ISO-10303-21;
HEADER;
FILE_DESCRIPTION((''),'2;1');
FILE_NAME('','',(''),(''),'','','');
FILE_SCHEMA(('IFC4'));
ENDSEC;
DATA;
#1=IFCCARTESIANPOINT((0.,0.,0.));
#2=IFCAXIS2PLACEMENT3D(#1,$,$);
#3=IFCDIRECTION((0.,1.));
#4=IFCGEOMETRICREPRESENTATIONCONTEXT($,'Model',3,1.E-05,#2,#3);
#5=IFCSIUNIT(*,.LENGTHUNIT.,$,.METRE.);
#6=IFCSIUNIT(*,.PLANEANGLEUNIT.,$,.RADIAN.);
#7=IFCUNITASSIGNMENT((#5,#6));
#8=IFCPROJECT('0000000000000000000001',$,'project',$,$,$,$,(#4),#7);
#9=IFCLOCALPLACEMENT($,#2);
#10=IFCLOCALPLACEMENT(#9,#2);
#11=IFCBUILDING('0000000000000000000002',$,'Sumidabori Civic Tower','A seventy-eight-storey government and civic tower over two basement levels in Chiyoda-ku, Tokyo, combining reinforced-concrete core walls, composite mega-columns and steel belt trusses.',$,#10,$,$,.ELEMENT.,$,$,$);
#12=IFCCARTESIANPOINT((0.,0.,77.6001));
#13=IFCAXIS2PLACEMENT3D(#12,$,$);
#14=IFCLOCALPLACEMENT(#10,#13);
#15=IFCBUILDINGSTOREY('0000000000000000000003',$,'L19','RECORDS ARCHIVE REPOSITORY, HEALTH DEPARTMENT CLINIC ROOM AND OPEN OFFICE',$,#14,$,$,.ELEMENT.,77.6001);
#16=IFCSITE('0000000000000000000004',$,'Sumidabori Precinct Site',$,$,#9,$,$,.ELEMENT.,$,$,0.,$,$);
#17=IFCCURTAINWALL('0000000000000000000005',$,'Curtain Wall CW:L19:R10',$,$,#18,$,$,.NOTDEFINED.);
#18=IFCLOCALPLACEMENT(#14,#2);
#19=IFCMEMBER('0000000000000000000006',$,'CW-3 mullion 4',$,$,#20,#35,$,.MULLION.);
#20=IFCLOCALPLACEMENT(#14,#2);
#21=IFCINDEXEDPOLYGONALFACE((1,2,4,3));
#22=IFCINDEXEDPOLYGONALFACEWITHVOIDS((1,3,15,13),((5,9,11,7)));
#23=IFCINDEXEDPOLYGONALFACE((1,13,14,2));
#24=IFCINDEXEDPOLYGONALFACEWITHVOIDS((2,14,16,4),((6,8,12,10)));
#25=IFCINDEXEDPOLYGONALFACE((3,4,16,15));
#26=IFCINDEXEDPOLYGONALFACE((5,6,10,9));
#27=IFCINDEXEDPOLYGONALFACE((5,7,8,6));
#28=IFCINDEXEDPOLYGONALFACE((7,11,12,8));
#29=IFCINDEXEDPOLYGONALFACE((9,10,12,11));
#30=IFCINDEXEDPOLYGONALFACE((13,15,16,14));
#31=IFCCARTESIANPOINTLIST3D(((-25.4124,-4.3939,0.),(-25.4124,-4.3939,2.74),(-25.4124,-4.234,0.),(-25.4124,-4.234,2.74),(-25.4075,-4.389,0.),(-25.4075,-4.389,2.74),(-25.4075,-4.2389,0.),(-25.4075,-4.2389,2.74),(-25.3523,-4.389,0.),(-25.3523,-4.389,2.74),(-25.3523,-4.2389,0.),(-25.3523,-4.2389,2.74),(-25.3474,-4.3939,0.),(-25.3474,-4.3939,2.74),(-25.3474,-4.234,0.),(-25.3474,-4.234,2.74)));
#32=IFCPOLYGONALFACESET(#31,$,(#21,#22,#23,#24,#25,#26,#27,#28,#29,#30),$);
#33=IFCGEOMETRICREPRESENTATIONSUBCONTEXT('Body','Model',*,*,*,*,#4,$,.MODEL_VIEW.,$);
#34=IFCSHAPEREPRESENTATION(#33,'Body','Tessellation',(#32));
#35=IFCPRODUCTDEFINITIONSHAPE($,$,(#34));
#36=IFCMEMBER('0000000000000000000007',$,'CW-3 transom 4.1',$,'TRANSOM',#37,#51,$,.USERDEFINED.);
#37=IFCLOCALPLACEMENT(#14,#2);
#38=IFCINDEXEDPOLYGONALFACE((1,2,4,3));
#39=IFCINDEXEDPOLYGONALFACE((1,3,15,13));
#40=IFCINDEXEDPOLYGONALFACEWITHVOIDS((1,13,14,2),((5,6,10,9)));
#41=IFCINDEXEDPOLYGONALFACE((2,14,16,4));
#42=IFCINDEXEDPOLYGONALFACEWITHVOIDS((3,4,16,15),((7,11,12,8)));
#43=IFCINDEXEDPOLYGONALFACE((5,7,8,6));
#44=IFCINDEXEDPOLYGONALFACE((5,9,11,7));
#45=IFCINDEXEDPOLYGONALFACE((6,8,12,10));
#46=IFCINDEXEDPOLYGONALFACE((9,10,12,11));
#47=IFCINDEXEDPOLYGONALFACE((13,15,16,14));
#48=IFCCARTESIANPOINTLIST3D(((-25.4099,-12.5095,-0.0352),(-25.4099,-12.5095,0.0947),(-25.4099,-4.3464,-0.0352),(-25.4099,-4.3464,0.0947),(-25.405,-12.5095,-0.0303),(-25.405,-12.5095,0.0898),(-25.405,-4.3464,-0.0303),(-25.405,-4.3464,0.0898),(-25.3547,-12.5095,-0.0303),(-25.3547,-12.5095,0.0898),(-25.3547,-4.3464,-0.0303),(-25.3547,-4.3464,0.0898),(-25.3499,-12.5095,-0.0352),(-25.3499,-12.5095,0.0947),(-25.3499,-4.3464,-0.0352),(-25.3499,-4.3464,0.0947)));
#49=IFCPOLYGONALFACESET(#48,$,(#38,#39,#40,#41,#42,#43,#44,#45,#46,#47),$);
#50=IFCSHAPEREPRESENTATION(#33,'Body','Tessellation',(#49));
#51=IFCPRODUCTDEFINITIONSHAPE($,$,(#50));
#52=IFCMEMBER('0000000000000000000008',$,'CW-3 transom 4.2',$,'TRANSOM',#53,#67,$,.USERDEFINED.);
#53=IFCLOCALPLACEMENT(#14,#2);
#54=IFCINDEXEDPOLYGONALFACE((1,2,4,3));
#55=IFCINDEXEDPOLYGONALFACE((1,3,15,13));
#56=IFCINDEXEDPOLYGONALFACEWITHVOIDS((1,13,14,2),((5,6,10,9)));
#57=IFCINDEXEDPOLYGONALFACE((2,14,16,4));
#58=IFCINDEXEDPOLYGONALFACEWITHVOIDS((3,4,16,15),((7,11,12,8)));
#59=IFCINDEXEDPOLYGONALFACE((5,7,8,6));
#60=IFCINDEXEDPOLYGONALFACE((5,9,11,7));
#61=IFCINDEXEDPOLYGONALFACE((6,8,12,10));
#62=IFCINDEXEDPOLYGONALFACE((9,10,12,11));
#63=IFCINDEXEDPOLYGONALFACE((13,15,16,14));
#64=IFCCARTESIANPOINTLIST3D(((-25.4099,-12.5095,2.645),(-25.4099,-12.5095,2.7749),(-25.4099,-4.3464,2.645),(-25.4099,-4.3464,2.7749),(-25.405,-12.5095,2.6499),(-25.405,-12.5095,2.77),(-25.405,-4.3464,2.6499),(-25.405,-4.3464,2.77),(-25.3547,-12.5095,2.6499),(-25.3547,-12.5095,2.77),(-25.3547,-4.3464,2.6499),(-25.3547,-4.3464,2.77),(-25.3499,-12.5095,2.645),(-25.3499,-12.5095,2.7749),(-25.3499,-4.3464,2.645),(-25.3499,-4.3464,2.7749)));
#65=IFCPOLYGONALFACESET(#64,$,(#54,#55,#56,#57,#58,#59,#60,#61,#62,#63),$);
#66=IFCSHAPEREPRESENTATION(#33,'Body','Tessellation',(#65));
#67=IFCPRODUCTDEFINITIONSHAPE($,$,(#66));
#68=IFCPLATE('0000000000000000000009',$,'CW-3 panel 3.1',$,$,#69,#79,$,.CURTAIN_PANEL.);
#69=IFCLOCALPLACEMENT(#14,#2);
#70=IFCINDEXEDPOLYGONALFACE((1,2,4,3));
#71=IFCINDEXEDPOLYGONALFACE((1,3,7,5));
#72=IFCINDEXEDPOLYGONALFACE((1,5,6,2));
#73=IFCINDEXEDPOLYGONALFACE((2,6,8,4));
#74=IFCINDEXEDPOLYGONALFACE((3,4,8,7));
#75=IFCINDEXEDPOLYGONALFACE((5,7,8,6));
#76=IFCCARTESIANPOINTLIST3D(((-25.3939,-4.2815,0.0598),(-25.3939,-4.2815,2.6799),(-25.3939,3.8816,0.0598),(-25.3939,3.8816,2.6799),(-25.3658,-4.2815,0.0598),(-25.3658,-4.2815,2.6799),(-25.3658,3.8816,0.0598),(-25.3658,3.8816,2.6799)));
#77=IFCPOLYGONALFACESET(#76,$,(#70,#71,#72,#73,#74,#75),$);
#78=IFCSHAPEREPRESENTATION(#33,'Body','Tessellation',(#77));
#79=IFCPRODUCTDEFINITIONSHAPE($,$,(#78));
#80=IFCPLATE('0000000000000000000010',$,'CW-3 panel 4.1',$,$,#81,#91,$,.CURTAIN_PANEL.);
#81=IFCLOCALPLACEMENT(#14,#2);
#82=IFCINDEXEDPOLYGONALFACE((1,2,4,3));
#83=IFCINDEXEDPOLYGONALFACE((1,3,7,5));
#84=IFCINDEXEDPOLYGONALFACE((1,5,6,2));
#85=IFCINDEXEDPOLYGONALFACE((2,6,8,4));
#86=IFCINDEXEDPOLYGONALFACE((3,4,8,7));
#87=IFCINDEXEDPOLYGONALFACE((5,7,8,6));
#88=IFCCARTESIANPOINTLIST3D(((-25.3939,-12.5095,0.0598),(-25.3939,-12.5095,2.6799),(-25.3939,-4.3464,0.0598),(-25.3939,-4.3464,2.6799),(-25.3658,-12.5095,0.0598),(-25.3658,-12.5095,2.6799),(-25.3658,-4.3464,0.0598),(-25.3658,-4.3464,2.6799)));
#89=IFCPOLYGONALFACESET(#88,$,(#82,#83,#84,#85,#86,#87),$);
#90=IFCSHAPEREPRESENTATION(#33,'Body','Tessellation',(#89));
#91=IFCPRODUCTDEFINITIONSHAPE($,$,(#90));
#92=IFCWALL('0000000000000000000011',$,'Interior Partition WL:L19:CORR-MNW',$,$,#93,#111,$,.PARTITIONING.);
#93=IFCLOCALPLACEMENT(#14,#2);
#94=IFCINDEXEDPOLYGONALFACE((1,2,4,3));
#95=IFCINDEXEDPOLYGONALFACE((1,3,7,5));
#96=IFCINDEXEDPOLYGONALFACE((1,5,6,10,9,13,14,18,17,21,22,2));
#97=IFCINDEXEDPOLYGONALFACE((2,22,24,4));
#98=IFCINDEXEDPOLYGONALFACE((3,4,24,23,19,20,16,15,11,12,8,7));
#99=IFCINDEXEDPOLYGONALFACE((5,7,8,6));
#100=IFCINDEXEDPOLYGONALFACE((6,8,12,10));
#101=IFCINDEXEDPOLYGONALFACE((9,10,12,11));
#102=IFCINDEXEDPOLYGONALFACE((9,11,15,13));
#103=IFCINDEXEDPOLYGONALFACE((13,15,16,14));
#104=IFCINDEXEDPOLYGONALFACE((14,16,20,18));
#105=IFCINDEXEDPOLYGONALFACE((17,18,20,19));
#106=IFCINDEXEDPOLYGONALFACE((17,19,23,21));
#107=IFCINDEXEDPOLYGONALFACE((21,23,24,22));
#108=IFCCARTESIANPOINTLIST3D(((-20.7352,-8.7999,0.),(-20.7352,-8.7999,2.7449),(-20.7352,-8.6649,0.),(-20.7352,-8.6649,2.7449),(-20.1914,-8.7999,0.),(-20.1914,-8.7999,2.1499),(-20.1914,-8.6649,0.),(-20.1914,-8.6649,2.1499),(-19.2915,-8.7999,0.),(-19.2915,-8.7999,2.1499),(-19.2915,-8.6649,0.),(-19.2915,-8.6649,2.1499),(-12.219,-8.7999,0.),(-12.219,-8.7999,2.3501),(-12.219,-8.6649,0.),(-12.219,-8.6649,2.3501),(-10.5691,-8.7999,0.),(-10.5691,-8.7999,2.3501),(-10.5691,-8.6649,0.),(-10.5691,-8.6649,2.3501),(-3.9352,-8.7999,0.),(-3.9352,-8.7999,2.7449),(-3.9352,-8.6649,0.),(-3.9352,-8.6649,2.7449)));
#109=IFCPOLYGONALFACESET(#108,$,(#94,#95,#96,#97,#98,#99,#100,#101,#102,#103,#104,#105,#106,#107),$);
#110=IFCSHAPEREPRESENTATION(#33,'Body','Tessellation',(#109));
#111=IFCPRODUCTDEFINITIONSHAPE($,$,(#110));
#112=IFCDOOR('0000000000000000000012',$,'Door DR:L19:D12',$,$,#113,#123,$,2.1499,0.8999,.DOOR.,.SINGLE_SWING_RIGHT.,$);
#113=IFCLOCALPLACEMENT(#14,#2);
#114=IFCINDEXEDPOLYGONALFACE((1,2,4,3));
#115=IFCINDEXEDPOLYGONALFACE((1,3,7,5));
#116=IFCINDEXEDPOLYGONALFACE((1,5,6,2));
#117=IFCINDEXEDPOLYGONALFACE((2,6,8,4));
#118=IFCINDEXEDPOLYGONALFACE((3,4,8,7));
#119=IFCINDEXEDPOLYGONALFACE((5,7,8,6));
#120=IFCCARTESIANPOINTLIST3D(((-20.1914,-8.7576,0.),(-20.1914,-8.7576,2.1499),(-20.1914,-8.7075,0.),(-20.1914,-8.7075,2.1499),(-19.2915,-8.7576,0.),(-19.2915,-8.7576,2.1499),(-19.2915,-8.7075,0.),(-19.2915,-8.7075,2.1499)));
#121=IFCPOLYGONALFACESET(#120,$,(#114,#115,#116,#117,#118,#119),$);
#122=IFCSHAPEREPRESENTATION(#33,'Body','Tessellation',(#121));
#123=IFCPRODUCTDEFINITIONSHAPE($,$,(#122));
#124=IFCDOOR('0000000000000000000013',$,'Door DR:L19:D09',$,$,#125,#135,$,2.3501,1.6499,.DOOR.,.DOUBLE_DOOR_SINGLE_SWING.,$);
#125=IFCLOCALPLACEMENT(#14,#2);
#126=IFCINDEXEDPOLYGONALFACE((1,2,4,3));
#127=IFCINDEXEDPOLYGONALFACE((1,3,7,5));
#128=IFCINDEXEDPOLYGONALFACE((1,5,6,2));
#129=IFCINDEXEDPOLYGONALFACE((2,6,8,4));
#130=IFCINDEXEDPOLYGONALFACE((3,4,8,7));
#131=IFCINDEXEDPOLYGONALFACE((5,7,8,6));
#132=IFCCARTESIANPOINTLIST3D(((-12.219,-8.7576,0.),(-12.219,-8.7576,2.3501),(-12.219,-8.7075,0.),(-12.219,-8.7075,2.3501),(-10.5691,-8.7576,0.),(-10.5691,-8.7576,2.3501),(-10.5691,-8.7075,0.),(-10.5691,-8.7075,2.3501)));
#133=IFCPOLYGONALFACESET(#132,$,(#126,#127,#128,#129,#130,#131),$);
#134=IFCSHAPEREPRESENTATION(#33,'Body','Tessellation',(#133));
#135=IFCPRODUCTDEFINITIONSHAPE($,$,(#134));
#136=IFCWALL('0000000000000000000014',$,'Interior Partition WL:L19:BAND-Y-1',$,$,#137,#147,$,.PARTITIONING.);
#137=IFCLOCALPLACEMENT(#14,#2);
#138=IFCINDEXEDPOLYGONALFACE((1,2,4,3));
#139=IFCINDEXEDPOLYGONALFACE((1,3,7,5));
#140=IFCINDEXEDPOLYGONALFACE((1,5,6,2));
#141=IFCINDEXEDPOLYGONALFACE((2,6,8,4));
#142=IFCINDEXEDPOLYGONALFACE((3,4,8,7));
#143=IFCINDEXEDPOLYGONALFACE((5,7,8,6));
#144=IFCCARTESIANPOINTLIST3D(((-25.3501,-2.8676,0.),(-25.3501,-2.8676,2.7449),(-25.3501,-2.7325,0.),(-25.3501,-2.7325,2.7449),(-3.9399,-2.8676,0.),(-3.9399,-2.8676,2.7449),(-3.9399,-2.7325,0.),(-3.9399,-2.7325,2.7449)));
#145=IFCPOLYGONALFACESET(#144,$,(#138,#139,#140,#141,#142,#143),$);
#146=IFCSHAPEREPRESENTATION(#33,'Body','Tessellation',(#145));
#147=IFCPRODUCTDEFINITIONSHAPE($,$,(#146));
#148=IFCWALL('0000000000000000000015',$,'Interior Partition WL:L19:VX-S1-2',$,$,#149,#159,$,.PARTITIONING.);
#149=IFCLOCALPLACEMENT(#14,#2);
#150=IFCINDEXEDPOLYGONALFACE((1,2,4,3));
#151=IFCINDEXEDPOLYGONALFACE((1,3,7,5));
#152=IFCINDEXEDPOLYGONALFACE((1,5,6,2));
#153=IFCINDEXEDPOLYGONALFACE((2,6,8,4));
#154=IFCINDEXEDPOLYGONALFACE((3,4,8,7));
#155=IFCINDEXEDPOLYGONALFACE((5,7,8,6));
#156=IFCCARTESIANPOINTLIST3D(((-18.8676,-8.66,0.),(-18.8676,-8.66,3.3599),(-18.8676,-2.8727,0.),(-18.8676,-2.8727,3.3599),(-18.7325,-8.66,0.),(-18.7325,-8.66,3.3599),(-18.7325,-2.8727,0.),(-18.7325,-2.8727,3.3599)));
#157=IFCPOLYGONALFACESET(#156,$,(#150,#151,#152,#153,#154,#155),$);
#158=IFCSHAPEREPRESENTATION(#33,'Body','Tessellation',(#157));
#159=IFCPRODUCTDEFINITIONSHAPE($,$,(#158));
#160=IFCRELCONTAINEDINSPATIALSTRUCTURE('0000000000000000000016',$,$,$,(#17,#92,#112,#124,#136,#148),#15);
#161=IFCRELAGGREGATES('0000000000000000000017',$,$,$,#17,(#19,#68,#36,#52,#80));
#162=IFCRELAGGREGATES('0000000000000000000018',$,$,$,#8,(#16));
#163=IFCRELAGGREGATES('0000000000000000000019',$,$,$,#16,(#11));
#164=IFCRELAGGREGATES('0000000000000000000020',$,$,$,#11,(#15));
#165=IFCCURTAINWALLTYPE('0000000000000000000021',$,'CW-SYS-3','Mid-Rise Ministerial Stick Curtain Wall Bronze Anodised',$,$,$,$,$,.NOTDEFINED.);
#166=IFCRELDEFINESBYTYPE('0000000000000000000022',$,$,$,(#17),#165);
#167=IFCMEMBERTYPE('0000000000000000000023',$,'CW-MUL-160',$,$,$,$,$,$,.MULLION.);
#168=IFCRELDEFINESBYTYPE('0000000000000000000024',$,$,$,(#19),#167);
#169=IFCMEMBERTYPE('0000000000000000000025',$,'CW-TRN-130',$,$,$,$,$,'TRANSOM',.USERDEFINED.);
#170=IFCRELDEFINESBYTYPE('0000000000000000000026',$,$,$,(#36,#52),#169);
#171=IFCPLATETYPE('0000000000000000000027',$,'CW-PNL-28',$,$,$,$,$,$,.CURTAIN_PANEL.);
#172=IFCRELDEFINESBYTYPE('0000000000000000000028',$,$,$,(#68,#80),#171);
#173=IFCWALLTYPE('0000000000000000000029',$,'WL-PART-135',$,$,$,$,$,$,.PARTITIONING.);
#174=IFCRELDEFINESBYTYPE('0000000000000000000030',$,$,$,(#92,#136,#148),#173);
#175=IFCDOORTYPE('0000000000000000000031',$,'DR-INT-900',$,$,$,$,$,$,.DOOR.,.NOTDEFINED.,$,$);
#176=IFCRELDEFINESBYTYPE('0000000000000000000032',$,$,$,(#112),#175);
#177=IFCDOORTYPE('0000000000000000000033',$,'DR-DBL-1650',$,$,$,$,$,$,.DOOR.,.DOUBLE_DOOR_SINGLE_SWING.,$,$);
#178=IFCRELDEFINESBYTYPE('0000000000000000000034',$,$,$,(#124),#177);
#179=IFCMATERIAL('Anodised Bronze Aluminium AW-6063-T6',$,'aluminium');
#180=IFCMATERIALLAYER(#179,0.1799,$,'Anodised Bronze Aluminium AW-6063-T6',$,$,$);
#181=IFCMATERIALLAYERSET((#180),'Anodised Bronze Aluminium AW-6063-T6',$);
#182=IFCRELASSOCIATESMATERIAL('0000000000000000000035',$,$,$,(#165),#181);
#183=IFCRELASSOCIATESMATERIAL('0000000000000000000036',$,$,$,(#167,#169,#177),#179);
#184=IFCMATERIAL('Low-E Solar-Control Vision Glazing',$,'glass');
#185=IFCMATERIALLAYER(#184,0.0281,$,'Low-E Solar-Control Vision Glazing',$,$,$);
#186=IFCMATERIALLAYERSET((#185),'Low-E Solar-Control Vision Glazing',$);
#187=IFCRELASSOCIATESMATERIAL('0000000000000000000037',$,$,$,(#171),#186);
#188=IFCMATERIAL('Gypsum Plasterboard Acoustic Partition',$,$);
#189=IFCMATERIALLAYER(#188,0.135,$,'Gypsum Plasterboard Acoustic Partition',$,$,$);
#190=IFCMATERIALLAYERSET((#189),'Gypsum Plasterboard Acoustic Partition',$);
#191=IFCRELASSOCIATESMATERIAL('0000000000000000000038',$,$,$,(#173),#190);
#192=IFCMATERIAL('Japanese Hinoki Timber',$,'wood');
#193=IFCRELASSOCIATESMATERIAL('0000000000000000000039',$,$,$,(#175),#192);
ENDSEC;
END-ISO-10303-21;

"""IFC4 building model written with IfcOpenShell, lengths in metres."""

from ifc_helpers import new_model, si_unit, direction, frame, frame_2d, origin, origin_2d, place, context, subcontext, project, spatial, rectangle, hollow_rectangle, extrude, source, transform, mapped, material, layer, layer_set, material_profile, profile_set, type_object, element, fill, aggregate, save


model = new_model("IFC4")

# Units and contexts
model_context = context("Model", 3, precision=1e-05, world=origin(), true_north=direction((0.0, 1.0)))
body_context = subcontext(model_context, "Body", "Model", "MODEL_VIEW")
ifc_project = project(units=[si_unit("LENGTHUNIT", "METRE"), si_unit("PLANEANGLEUNIT", "RADIAN")], contexts=[model_context])

# Site, building, storey
site_placement = place(None, origin())
site = spatial("IfcSite", under=ifc_project, at=site_placement, Name="Sumidabori Precinct Site", CompositionType="ELEMENT", RefElevation=0.0)
building_placement = place(site_placement, origin())
building = spatial("IfcBuilding", under=site, at=building_placement, Name="Sumidabori Civic Tower", Description="A seventy-eight-storey government and civic tower over two basement levels in Chiyoda-ku, Tokyo, combining reinforced-concrete core walls, composite mega-columns and steel belt trusses.", CompositionType="ELEMENT")
storey_placement = place(building_placement, frame((0.0, 0.0, 77.6001)))
storey = spatial("IfcBuildingStorey", under=building, at=storey_placement, Name="L19", Description="RECORDS ARCHIVE REPOSITORY, HEALTH DEPARTMENT CLINIC ROOM AND OPEN OFFICE", CompositionType="ELEMENT", Elevation=77.6001)

# Curtain wall, members, plates
ifc_material_1 = material(Name="Anodised Bronze Aluminium AW-6063-T6", Category="aluminium")
ifc_layer_1 = layer(ifc_material_1, 0.1799, Name="Anodised Bronze Aluminium AW-6063-T6")
ifc_layer_set_1 = layer_set([ifc_layer_1], Name="Anodised Bronze Aluminium AW-6063-T6")
curtain_wall_type = type_object("IfcCurtainWallType", Name="CW-SYS-3", Description="Mid-Rise Ministerial Stick Curtain Wall Bronze Anodised", PredefinedType="NOTDEFINED", material=ifc_layer_set_1)
curtain_wall_placement = place(storey_placement, origin())
curtain_wall = element("IfcCurtainWall", 1, at=curtain_wall_placement, inside=storey, type_object=curtain_wall_type, Name="Curtain Wall CW:L19:R10", PredefinedType="NOTDEFINED")
ifc_material_profile_1 = material_profile(ifc_material_1, hollow_rectangle(XDim=0.0649, YDim=0.1599, WallThickness=0.0049, at=origin_2d()), Name="ALU MULLION 160x65")
ifc_profile_set_1 = profile_set([ifc_material_profile_1], Name="Anodised Bronze Aluminium AW-6063-T6")
member_type_1 = type_object("IfcMemberType", Name="CW-MUL-160", PredefinedType="MULLION", material=ifc_profile_set_1)
shared_shape_1 = source(origin(), body_context, "Body", "SweptSolid", [
    extrude(hollow_rectangle(XDim=0.0649, YDim=0.1599, WallThickness=0.0049, at=origin_2d()), origin(), (0.0, 0.0, 1.0), 2.74),
])
member_1_placement = place(storey_placement, frame((-25.3799, -4.314, 0.0), z_axis=(0.0, 0.0, 1.0), x_axis=(1.0, 0.0, 0.0)))
member_1 = element("IfcMember", 2, at=member_1_placement, type_object=member_type_1, Name="CW-3 mullion 4", PredefinedType="MULLION", context=body_context, shape_type="MappedRepresentation", body=[
    mapped(shared_shape_1, transform((0.0, 0.0, 0.0), x_axis=(1.0, 0.0, 0.0), y_axis=(0.0, 1.0, 0.0), z_axis=(0.0, 0.0, 1.0), scale=1.0)),
])
ifc_material_profile_2 = material_profile(ifc_material_1, hollow_rectangle(XDim=0.0601, YDim=0.1299, WallThickness=0.0049, at=origin_2d()), Name="ALU TRANSOM 130x60")
ifc_profile_set_2 = profile_set([ifc_material_profile_2], Name="Anodised Bronze Aluminium AW-6063-T6")
member_type_2 = type_object("IfcMemberType", Name="CW-TRN-130", ElementType="TRANSOM", PredefinedType="USERDEFINED", material=ifc_profile_set_2)
shared_shape_2 = source(origin(), body_context, "Body", "SweptSolid", [
    extrude(hollow_rectangle(XDim=0.0601, YDim=0.1299, WallThickness=0.0049, at=origin_2d()), origin(), (0.0, 0.0, 1.0), 8.1631),
])
member_2_placement = place(storey_placement, frame((-25.3799, -4.3464, 0.0298), z_axis=(0.0, -1.0, 0.0), x_axis=(1.0, 0.0, 0.0)))
member_2 = element("IfcMember", 3, at=member_2_placement, type_object=member_type_2, Name="CW-3 transom 4.1", ObjectType="TRANSOM", PredefinedType="USERDEFINED", context=body_context, shape_type="MappedRepresentation", body=[
    mapped(shared_shape_2, transform((0.0, 0.0, 0.0), x_axis=(1.0, 0.0, 0.0), y_axis=(0.0, 1.0, 0.0), z_axis=(0.0, 0.0, 1.0), scale=1.0)),
])
member_3_placement = place(storey_placement, frame((-25.3799, -4.3464, 2.71), z_axis=(0.0, -1.0, 0.0), x_axis=(1.0, 0.0, 0.0)))
member_3 = element("IfcMember", 4, at=member_3_placement, type_object=member_type_2, Name="CW-3 transom 4.2", ObjectType="TRANSOM", PredefinedType="USERDEFINED", context=body_context, shape_type="MappedRepresentation", body=[
    mapped(shared_shape_2, transform((0.0, 0.0, 0.0), x_axis=(1.0, 0.0, 0.0), y_axis=(0.0, 1.0, 0.0), z_axis=(0.0, 0.0, 1.0), scale=1.0)),
])
ifc_material_2 = material(Name="Low-E Solar-Control Vision Glazing", Category="glass")
ifc_layer_2 = layer(ifc_material_2, 0.0281, Name="Low-E Solar-Control Vision Glazing")
ifc_layer_set_2 = layer_set([ifc_layer_2], Name="Low-E Solar-Control Vision Glazing")
plate_type = type_object("IfcPlateType", Name="CW-PNL-28", PredefinedType="CURTAIN_PANEL", material=ifc_layer_set_2)
shared_shape_3 = source(origin(), body_context, "Body", "SweptSolid", [
    extrude(rectangle(XDim=8.1631, YDim=0.0281, at=origin_2d()), origin(), (0.0, 0.0, 1.0), 2.6201),
])
plate_1_placement = place(storey_placement, frame((-25.3799, -0.2, 0.0598), z_axis=(0.0, 0.0, 1.0), x_axis=(0.0, -1.0, 0.0)))
plate_1 = element("IfcPlate", 5, at=plate_1_placement, type_object=plate_type, Name="CW-3 panel 3.1", PredefinedType="CURTAIN_PANEL", context=body_context, shape_type="MappedRepresentation", body=[
    mapped(shared_shape_3, transform((0.0, 0.0, 0.0), x_axis=(1.0, 0.0, 0.0), y_axis=(0.0, 1.0, 0.0), z_axis=(0.0, 0.0, 1.0), scale=1.0)),
])
plate_2_placement = place(storey_placement, frame((-25.3799, -8.428, 0.0598), z_axis=(0.0, 0.0, 1.0), x_axis=(0.0, -1.0, 0.0)))
plate_2 = element("IfcPlate", 6, at=plate_2_placement, type_object=plate_type, Name="CW-3 panel 4.1", PredefinedType="CURTAIN_PANEL", context=body_context, shape_type="MappedRepresentation", body=[
    mapped(shared_shape_3, transform((0.0, 0.0, 0.0), x_axis=(1.0, 0.0, 0.0), y_axis=(0.0, 1.0, 0.0), z_axis=(0.0, 0.0, 1.0), scale=1.0)),
])
aggregate(curtain_wall, [member_1, plate_1, member_2, member_3, plate_2])

# Wall, openings, doors
ifc_material_3 = material(Name="Gypsum Plasterboard Acoustic Partition")
ifc_layer_3 = layer(ifc_material_3, 0.135, Name="Gypsum Plasterboard Acoustic Partition")
ifc_layer_set_3 = layer_set([ifc_layer_3], Name="Gypsum Plasterboard Acoustic Partition")
wall_type = type_object("IfcWallType", Name="WL-PART-135", PredefinedType="PARTITIONING", material=ifc_layer_set_3)
shared_shape_4 = source(origin(), body_context, "Body", "SweptSolid", [
    extrude(rectangle(XDim=16.8, YDim=0.135, at=frame_2d((8.3999, 0.0))), origin(), (0.0, 0.0, 1.0), 2.7449),
])
wall_1_placement = place(storey_placement, frame((-20.7351, -8.7324, 0.0), z_axis=(0.0, 0.0, 1.0), x_axis=(1.0, 0.0, 0.0)))
wall_1 = element("IfcWall", 7, at=wall_1_placement, inside=storey, type_object=wall_type, Name="Interior Partition WL:L19:CORR-MNW", PredefinedType="PARTITIONING", context=body_context, shape_type="MappedRepresentation", body=[
    mapped(shared_shape_4, transform((0.0, 0.0, 0.0), x_axis=(1.0, 0.0, 0.0), y_axis=(0.0, 1.0, 0.0), z_axis=(0.0, 0.0, 1.0), scale=1.0)),
])
opening_1_placement = place(wall_1_placement, frame((8.5161, 0.0, 0.0)))
opening_1 = element("IfcOpeningElement", 8, at=opening_1_placement, cuts=wall_1, PredefinedType="OPENING", context=body_context, shape_type="SweptSolid", body=[
    extrude(rectangle(XDim=1.6499, YDim=2.3501, at=frame_2d((0.825, 1.175))), frame((0.0, 0.0796, 0.0), z_axis=(0.0, -1.0, 0.0), x_axis=(1.0, 0.0, 0.0)), (0.0, 0.0, 1.0), 0.1589),
])
opening_2_placement = place(wall_1_placement, frame((0.5437, 0.0, 0.0)))
opening_2 = element("IfcOpeningElement", 9, at=opening_2_placement, cuts=wall_1, PredefinedType="OPENING", context=body_context, shape_type="SweptSolid", body=[
    extrude(rectangle(XDim=0.8999, YDim=2.1499, at=frame_2d((0.45, 1.075))), frame((0.0, 0.0796, 0.0), z_axis=(0.0, -1.0, 0.0), x_axis=(1.0, 0.0, 0.0)), (0.0, 0.0, 1.0), 0.1589),
])
ifc_material_4 = material(Name="Japanese Hinoki Timber", Category="wood")
door_type_1 = type_object("IfcDoorType", Name="DR-INT-900", OperationType="NOTDEFINED", PredefinedType="DOOR", material=ifc_material_4)
shared_shape_5 = source(origin(), body_context, "Body", "SweptSolid", [
    extrude(rectangle(XDim=0.8999, YDim=2.1499, at=frame_2d((0.45, 1.075))), frame((0.0, 0.0249, 0.0), z_axis=(0.0, -1.0, 0.0), x_axis=(1.0, 0.0, 0.0)), (0.0, 0.0, 1.0), 0.05),
])
door_1_placement = place(opening_2_placement, origin())
door_1 = element("IfcDoor", 10, at=door_1_placement, inside=storey, type_object=door_type_1, Name="Door DR:L19:D12", OperationType="SINGLE_SWING_RIGHT", OverallHeight=2.1499, OverallWidth=0.8999, PredefinedType="DOOR", context=body_context, shape_type="MappedRepresentation", body=[
    mapped(shared_shape_5, transform((0.0, 0.0, 0.0), x_axis=(1.0, 0.0, 0.0), y_axis=(0.0, 1.0, 0.0), z_axis=(0.0, 0.0, 1.0), scale=1.0)),
])
fill(opening_2, door_1)
door_type_2 = type_object("IfcDoorType", Name="DR-DBL-1650", OperationType="DOUBLE_DOOR_SINGLE_SWING", PredefinedType="DOOR", material=ifc_material_1)
shared_shape_6 = source(origin(), body_context, "Body", "SweptSolid", [
    extrude(rectangle(XDim=1.6499, YDim=2.3501, at=frame_2d((0.825, 1.175))), frame((0.0, 0.0249, 0.0), z_axis=(0.0, -1.0, 0.0), x_axis=(1.0, 0.0, 0.0)), (0.0, 0.0, 1.0), 0.05),
])
door_2_placement = place(opening_1_placement, origin())
door_2 = element("IfcDoor", 11, at=door_2_placement, inside=storey, type_object=door_type_2, Name="Door DR:L19:D09", OperationType="DOUBLE_DOOR_SINGLE_SWING", OverallHeight=2.3501, OverallWidth=1.6499, PredefinedType="DOOR", context=body_context, shape_type="MappedRepresentation", body=[
    mapped(shared_shape_6, transform((0.0, 0.0, 0.0), x_axis=(1.0, 0.0, 0.0), y_axis=(0.0, 1.0, 0.0), z_axis=(0.0, 0.0, 1.0), scale=1.0)),
])
fill(opening_1, door_2)

# Walls
shared_shape_7 = source(origin(), body_context, "Body", "SweptSolid", [
    extrude(rectangle(XDim=21.4102, YDim=0.135, at=frame_2d((10.7051, 0.0))), origin(), (0.0, 0.0, 1.0), 2.7449),
])
wall_2_placement = place(storey_placement, frame((-25.3501, -2.8, 0.0), z_axis=(0.0, 0.0, 1.0), x_axis=(1.0, 0.0, 0.0)))
element("IfcWall", 12, at=wall_2_placement, inside=storey, type_object=wall_type, Name="Interior Partition WL:L19:BAND-Y-1", PredefinedType="PARTITIONING", context=body_context, shape_type="MappedRepresentation", body=[
    mapped(shared_shape_7, transform((0.0, 0.0, 0.0), x_axis=(1.0, 0.0, 0.0), y_axis=(0.0, 1.0, 0.0), z_axis=(0.0, 0.0, 1.0), scale=1.0)),
])
shared_shape_8 = source(origin(), body_context, "Body", "SweptSolid", [
    extrude(rectangle(XDim=5.7874, YDim=0.135, at=frame_2d((2.8936, 0.0))), origin(), (0.0, 0.0, 1.0), 3.3599),
])
wall_3_placement = place(storey_placement, frame((-18.8, -8.6599, 0.0), z_axis=(0.0, 0.0, 1.0), x_axis=(0.0, 1.0, 0.0)))
element("IfcWall", 13, at=wall_3_placement, inside=storey, type_object=wall_type, Name="Interior Partition WL:L19:VX-S1-2", PredefinedType="PARTITIONING", context=body_context, shape_type="MappedRepresentation", body=[
    mapped(shared_shape_8, transform((0.0, 0.0, 0.0), x_axis=(1.0, 0.0, 0.0), y_axis=(0.0, 1.0, 0.0), z_axis=(0.0, 0.0, 1.0), scale=1.0)),
])

save(model, "model.ifc")
